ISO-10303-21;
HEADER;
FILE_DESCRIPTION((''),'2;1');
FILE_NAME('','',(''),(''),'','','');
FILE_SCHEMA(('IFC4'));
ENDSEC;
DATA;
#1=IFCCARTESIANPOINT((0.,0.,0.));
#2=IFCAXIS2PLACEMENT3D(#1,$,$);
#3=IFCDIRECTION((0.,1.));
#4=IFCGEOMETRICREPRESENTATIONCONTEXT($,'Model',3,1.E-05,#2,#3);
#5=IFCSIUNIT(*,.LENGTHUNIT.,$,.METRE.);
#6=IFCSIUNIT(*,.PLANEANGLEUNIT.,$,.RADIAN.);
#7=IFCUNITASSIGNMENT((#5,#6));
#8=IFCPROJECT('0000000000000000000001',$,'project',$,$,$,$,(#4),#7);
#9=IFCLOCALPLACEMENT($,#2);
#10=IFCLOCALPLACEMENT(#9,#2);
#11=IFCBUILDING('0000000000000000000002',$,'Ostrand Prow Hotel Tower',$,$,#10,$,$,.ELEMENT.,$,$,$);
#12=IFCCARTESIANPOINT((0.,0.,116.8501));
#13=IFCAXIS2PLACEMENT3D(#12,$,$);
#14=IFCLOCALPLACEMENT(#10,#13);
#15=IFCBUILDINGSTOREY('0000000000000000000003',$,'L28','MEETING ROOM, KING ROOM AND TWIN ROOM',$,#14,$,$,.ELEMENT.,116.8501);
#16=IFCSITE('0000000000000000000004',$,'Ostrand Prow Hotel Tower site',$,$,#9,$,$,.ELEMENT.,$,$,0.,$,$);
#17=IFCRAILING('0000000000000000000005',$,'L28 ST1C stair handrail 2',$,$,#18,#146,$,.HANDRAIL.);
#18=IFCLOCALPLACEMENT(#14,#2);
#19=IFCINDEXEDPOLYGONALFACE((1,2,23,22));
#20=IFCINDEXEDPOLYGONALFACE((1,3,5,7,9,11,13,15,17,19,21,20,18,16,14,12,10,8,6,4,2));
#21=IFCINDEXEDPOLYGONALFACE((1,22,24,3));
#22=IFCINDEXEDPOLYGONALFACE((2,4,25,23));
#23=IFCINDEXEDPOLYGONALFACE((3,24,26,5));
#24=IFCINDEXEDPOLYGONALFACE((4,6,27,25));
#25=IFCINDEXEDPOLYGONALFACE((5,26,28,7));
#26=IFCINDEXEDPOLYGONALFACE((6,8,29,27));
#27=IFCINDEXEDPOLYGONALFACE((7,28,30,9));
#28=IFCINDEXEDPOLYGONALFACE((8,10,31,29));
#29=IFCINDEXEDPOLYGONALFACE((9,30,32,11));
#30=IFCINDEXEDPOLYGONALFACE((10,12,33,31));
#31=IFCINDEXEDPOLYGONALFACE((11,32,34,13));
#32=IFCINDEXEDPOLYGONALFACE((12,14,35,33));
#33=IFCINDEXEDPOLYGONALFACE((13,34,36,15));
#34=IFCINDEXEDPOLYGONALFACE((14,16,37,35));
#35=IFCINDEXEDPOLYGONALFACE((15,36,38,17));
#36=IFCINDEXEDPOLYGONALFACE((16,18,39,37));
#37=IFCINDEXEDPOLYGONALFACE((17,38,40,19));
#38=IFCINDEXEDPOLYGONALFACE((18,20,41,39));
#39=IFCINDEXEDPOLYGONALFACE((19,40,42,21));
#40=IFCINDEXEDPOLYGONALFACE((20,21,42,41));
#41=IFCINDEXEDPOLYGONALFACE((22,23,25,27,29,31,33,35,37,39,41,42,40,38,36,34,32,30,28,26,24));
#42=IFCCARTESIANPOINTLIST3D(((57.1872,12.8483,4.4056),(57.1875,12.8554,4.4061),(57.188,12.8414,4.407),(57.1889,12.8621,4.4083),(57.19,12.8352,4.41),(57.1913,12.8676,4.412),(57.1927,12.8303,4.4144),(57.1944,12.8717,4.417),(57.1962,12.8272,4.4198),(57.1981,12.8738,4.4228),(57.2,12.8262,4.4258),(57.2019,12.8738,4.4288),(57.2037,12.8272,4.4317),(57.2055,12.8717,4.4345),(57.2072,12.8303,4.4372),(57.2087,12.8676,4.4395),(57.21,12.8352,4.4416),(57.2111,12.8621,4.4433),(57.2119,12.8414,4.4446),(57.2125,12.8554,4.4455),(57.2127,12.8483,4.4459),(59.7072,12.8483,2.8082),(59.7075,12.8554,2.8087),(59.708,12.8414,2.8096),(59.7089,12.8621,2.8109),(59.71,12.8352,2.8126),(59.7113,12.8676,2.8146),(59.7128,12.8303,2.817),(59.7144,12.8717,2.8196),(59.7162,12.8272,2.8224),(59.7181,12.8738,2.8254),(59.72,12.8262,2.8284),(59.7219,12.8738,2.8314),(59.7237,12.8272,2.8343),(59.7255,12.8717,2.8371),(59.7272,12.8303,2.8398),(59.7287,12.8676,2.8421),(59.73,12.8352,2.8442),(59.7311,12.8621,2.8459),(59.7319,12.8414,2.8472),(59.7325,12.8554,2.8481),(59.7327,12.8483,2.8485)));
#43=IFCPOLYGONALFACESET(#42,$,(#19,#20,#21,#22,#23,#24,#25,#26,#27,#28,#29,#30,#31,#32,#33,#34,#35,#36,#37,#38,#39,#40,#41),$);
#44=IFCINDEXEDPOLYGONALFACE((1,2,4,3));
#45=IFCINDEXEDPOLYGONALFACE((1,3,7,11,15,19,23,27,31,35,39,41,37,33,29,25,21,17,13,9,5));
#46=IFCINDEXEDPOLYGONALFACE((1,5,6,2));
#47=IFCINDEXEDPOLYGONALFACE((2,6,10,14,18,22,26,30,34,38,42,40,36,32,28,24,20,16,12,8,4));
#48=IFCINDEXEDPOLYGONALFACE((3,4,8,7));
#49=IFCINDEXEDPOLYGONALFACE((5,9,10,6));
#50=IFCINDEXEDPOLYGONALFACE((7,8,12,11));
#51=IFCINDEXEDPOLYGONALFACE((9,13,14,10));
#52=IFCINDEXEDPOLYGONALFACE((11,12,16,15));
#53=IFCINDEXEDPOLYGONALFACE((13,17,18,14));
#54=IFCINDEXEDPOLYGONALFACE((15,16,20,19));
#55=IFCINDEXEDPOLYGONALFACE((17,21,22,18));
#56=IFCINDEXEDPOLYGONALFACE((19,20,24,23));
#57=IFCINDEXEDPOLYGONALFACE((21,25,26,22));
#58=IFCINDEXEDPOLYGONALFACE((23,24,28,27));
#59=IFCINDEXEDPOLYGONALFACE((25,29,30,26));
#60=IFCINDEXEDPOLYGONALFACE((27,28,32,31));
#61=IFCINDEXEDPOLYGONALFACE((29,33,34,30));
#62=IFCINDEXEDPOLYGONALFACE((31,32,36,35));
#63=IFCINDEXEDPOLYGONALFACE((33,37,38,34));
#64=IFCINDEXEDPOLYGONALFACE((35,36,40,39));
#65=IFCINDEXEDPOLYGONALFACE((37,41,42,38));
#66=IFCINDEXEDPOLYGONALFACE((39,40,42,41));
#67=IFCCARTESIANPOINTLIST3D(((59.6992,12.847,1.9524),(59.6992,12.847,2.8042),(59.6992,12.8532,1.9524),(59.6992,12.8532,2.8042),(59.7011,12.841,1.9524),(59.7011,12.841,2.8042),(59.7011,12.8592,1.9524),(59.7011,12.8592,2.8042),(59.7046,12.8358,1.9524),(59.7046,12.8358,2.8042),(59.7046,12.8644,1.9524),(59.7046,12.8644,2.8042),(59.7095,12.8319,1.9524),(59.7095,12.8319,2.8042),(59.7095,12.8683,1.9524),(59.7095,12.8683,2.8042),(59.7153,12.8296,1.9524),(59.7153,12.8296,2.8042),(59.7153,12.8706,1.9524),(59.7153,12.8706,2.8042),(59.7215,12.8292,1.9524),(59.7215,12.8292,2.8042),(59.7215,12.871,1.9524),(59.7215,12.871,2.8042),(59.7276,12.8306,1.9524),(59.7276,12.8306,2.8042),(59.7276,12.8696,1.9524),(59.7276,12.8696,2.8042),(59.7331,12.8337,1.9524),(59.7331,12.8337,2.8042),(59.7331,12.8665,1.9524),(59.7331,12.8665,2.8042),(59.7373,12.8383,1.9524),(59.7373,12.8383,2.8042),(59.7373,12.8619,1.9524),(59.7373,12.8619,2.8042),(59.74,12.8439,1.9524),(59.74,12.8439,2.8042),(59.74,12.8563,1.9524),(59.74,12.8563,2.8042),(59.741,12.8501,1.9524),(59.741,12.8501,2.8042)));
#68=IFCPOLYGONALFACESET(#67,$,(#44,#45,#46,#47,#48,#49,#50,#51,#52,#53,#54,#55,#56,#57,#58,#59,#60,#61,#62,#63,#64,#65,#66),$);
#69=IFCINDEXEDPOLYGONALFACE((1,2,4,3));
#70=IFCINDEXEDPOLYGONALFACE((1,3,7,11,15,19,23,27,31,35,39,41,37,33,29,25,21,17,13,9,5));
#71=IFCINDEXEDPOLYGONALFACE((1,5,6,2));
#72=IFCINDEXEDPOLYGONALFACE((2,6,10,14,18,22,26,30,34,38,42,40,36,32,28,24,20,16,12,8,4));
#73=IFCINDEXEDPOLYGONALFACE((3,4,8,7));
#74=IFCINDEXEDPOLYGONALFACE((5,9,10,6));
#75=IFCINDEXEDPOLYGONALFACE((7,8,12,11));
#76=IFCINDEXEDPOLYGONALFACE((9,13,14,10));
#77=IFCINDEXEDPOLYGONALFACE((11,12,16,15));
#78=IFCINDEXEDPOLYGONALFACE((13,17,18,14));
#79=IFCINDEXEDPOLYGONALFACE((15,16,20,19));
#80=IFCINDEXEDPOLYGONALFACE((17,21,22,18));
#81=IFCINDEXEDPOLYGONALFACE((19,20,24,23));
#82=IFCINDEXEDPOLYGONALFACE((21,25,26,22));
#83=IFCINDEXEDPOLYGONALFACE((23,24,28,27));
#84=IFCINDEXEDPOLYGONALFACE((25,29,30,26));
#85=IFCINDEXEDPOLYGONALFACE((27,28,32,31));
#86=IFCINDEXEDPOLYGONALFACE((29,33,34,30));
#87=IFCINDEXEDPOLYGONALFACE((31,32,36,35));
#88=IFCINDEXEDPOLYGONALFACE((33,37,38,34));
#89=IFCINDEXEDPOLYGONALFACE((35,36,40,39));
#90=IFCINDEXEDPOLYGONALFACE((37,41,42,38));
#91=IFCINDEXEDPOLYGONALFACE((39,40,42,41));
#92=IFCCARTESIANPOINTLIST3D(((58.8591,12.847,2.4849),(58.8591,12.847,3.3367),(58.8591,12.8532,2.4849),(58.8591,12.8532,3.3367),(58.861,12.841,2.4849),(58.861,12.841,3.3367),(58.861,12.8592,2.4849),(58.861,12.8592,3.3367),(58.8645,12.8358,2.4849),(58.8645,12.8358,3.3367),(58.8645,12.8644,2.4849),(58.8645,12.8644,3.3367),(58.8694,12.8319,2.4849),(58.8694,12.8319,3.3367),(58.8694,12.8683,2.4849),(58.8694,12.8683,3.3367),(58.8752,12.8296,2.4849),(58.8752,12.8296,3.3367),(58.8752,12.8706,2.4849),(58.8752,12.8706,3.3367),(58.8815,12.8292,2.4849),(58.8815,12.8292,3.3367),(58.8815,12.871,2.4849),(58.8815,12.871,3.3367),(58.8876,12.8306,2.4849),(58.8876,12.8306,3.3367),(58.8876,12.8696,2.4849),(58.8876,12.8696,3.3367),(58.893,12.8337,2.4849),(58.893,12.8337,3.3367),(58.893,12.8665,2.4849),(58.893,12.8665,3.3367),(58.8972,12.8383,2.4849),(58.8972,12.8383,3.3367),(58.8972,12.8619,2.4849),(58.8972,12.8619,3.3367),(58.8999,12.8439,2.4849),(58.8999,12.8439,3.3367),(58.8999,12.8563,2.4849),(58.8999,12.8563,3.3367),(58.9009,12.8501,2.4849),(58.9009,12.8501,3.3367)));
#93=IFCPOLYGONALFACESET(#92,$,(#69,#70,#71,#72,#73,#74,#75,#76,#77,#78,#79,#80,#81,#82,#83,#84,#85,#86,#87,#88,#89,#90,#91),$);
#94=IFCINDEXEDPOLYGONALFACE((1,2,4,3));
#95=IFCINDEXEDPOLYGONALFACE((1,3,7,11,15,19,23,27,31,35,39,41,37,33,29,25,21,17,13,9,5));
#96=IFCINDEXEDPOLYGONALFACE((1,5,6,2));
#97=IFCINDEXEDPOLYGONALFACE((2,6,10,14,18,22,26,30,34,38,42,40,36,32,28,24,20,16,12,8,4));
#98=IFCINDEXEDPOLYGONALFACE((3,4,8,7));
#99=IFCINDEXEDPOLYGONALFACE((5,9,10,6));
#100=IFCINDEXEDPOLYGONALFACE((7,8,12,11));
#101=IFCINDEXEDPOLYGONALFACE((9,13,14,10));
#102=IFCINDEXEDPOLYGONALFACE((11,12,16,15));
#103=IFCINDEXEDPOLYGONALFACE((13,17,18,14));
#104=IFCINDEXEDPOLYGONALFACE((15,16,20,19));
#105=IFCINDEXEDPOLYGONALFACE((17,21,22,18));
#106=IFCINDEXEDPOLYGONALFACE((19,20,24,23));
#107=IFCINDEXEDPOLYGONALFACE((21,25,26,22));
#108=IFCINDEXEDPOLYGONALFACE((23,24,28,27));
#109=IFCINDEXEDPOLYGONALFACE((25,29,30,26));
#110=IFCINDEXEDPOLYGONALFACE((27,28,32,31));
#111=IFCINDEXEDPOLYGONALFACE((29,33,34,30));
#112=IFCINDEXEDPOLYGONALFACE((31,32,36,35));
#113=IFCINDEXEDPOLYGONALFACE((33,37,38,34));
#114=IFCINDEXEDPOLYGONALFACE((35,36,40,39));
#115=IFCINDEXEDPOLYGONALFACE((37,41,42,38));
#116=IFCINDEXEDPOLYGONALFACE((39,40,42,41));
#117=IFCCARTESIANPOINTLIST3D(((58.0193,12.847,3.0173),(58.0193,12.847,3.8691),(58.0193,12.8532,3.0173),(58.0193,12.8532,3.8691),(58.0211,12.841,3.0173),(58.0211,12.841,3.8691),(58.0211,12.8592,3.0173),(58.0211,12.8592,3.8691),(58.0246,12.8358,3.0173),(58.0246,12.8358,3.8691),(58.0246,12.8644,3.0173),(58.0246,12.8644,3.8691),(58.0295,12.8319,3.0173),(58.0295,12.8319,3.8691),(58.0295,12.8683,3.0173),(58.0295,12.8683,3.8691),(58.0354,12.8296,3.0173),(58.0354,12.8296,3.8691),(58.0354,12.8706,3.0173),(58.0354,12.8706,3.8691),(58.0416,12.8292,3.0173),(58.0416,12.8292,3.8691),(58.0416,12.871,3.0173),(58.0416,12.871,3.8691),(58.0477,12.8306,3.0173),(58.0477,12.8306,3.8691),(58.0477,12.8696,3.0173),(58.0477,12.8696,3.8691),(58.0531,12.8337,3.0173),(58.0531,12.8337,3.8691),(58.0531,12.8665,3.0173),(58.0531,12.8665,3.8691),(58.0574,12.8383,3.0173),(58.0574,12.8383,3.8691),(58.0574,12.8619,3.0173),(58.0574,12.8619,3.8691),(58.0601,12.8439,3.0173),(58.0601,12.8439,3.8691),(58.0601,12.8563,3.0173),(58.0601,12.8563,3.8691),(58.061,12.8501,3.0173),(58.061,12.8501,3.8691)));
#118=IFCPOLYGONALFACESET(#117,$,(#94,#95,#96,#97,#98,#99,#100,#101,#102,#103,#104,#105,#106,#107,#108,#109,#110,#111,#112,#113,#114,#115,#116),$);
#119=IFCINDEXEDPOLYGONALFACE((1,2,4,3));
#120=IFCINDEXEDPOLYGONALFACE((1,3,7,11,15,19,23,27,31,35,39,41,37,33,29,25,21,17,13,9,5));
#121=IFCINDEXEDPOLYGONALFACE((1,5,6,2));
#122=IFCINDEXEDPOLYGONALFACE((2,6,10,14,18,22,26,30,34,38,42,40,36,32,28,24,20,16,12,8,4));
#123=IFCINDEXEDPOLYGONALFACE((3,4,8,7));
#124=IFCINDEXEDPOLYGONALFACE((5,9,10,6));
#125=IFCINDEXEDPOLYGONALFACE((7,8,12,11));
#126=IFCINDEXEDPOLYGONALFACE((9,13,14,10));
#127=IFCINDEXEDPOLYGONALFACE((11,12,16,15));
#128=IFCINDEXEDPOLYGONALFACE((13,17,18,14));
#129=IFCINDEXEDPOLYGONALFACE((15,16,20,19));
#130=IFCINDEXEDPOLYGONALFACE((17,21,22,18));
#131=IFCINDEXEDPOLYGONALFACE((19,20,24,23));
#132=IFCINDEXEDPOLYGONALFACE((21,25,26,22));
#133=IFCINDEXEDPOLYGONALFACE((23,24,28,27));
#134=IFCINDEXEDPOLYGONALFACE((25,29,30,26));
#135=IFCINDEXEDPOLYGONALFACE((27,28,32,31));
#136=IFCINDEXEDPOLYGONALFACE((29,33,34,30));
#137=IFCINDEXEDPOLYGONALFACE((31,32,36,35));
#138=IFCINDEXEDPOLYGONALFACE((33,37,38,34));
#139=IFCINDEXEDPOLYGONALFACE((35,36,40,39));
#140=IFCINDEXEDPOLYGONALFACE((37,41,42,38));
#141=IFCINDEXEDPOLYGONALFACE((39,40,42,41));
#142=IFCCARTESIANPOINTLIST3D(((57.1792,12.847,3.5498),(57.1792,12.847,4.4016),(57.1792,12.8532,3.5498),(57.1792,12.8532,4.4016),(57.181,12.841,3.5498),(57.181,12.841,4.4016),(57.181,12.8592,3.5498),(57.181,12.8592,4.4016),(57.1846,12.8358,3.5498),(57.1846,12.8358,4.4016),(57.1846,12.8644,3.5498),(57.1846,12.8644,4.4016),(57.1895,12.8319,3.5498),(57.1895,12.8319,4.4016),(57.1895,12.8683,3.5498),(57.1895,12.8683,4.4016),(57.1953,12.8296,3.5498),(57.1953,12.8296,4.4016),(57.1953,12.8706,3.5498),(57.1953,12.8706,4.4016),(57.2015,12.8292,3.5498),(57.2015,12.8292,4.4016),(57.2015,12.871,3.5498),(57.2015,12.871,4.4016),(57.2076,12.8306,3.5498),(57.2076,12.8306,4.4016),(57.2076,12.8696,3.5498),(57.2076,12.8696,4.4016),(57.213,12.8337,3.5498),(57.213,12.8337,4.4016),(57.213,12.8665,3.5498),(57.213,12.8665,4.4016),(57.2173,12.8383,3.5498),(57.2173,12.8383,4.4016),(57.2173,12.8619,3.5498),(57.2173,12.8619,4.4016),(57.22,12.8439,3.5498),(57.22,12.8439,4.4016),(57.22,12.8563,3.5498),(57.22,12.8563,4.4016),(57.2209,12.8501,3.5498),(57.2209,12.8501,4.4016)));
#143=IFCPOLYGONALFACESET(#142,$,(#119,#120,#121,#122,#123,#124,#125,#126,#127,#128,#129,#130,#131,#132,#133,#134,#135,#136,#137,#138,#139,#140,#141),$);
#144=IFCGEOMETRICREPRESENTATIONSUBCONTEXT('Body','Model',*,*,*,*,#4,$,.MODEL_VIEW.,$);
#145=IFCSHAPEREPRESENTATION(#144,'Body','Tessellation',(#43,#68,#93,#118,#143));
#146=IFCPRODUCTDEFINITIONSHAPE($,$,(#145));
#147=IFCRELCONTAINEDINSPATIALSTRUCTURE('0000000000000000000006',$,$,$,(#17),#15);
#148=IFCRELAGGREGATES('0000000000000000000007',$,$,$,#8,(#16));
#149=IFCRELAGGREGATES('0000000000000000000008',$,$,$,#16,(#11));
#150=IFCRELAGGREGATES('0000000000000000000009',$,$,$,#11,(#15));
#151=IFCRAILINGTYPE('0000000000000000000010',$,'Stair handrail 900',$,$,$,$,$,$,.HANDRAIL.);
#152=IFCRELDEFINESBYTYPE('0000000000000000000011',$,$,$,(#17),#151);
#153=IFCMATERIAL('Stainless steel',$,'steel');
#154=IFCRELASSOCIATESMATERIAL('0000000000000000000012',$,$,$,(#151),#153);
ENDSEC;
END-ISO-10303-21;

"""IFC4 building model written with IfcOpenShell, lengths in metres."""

from ifc_helpers import new_model, si_unit, direction, frame, origin, origin_2d, place, context, subcontext, project, spatial, circle, extrude, material, type_object, element, save


model = new_model("IFC4")

# Units and contexts
model_context = context("Model", 3, precision=1e-05, world=origin(), true_north=direction((0.0, 1.0)))
body_context = subcontext(model_context, "Body", "Model", "MODEL_VIEW")
ifc_project = project(units=[si_unit("LENGTHUNIT", "METRE"), si_unit("PLANEANGLEUNIT", "RADIAN")], contexts=[model_context])

# Site, building, storey
site_placement = place(None, origin())
site = spatial("IfcSite", under=ifc_project, at=site_placement, Name="Ostrand Prow Hotel Tower site", CompositionType="ELEMENT", RefElevation=0.0)
building_placement = place(site_placement, origin())
building = spatial("IfcBuilding", under=site, at=building_placement, Name="Ostrand Prow Hotel Tower", CompositionType="ELEMENT")
storey_placement = place(building_placement, frame((0.0, 0.0, 116.8501)))
storey = spatial("IfcBuildingStorey", under=building, at=storey_placement, Name="L28", Description="MEETING ROOM, KING ROOM AND TWIN ROOM", CompositionType="ELEMENT", Elevation=116.8501)

# Railing
ifc_material_1 = material(Name="Stainless steel", Category="steel")
railing_type_1 = type_object("IfcRailingType", Name="Stair handrail 900", PredefinedType="HANDRAIL", material=ifc_material_1)
railing_1_placement = place(storey_placement, frame((59.72, 12.8501, 1.9524)))
element("IfcRailing", 1, at=railing_1_placement, inside=storey, type_object=railing_type_1, Name="L28 ST1C stair handrail 2", PredefinedType="HANDRAIL", context=body_context, shape_type="SweptSolid", body=[
    extrude(circle(Radius=0.0239, at=origin_2d()), frame((0.0, 0.0, 0.876), z_axis=(-0.844607, 0.0, 0.535387), x_axis=(0.0, -1.0, 0.0)), (0.0, 0.0, 1.0), 2.9836),
    extrude(circle(Radius=0.021, at=origin_2d()), origin(), (0.0, 0.0, 1.0), 0.8518),
    extrude(circle(Radius=0.021, at=origin_2d()), frame((-0.8401, 0.0, 0.5325)), (0.0, 0.0, 1.0), 0.8518),
    extrude(circle(Radius=0.021, at=origin_2d()), frame((-1.6799, 0.0, 1.0649)), (0.0, 0.0, 1.0), 0.8518),
    extrude(circle(Radius=0.021, at=origin_2d()), frame((-2.52, 0.0, 1.5974)), (0.0, 0.0, 1.0), 0.8518),
])

save(model, "model.ifc")
